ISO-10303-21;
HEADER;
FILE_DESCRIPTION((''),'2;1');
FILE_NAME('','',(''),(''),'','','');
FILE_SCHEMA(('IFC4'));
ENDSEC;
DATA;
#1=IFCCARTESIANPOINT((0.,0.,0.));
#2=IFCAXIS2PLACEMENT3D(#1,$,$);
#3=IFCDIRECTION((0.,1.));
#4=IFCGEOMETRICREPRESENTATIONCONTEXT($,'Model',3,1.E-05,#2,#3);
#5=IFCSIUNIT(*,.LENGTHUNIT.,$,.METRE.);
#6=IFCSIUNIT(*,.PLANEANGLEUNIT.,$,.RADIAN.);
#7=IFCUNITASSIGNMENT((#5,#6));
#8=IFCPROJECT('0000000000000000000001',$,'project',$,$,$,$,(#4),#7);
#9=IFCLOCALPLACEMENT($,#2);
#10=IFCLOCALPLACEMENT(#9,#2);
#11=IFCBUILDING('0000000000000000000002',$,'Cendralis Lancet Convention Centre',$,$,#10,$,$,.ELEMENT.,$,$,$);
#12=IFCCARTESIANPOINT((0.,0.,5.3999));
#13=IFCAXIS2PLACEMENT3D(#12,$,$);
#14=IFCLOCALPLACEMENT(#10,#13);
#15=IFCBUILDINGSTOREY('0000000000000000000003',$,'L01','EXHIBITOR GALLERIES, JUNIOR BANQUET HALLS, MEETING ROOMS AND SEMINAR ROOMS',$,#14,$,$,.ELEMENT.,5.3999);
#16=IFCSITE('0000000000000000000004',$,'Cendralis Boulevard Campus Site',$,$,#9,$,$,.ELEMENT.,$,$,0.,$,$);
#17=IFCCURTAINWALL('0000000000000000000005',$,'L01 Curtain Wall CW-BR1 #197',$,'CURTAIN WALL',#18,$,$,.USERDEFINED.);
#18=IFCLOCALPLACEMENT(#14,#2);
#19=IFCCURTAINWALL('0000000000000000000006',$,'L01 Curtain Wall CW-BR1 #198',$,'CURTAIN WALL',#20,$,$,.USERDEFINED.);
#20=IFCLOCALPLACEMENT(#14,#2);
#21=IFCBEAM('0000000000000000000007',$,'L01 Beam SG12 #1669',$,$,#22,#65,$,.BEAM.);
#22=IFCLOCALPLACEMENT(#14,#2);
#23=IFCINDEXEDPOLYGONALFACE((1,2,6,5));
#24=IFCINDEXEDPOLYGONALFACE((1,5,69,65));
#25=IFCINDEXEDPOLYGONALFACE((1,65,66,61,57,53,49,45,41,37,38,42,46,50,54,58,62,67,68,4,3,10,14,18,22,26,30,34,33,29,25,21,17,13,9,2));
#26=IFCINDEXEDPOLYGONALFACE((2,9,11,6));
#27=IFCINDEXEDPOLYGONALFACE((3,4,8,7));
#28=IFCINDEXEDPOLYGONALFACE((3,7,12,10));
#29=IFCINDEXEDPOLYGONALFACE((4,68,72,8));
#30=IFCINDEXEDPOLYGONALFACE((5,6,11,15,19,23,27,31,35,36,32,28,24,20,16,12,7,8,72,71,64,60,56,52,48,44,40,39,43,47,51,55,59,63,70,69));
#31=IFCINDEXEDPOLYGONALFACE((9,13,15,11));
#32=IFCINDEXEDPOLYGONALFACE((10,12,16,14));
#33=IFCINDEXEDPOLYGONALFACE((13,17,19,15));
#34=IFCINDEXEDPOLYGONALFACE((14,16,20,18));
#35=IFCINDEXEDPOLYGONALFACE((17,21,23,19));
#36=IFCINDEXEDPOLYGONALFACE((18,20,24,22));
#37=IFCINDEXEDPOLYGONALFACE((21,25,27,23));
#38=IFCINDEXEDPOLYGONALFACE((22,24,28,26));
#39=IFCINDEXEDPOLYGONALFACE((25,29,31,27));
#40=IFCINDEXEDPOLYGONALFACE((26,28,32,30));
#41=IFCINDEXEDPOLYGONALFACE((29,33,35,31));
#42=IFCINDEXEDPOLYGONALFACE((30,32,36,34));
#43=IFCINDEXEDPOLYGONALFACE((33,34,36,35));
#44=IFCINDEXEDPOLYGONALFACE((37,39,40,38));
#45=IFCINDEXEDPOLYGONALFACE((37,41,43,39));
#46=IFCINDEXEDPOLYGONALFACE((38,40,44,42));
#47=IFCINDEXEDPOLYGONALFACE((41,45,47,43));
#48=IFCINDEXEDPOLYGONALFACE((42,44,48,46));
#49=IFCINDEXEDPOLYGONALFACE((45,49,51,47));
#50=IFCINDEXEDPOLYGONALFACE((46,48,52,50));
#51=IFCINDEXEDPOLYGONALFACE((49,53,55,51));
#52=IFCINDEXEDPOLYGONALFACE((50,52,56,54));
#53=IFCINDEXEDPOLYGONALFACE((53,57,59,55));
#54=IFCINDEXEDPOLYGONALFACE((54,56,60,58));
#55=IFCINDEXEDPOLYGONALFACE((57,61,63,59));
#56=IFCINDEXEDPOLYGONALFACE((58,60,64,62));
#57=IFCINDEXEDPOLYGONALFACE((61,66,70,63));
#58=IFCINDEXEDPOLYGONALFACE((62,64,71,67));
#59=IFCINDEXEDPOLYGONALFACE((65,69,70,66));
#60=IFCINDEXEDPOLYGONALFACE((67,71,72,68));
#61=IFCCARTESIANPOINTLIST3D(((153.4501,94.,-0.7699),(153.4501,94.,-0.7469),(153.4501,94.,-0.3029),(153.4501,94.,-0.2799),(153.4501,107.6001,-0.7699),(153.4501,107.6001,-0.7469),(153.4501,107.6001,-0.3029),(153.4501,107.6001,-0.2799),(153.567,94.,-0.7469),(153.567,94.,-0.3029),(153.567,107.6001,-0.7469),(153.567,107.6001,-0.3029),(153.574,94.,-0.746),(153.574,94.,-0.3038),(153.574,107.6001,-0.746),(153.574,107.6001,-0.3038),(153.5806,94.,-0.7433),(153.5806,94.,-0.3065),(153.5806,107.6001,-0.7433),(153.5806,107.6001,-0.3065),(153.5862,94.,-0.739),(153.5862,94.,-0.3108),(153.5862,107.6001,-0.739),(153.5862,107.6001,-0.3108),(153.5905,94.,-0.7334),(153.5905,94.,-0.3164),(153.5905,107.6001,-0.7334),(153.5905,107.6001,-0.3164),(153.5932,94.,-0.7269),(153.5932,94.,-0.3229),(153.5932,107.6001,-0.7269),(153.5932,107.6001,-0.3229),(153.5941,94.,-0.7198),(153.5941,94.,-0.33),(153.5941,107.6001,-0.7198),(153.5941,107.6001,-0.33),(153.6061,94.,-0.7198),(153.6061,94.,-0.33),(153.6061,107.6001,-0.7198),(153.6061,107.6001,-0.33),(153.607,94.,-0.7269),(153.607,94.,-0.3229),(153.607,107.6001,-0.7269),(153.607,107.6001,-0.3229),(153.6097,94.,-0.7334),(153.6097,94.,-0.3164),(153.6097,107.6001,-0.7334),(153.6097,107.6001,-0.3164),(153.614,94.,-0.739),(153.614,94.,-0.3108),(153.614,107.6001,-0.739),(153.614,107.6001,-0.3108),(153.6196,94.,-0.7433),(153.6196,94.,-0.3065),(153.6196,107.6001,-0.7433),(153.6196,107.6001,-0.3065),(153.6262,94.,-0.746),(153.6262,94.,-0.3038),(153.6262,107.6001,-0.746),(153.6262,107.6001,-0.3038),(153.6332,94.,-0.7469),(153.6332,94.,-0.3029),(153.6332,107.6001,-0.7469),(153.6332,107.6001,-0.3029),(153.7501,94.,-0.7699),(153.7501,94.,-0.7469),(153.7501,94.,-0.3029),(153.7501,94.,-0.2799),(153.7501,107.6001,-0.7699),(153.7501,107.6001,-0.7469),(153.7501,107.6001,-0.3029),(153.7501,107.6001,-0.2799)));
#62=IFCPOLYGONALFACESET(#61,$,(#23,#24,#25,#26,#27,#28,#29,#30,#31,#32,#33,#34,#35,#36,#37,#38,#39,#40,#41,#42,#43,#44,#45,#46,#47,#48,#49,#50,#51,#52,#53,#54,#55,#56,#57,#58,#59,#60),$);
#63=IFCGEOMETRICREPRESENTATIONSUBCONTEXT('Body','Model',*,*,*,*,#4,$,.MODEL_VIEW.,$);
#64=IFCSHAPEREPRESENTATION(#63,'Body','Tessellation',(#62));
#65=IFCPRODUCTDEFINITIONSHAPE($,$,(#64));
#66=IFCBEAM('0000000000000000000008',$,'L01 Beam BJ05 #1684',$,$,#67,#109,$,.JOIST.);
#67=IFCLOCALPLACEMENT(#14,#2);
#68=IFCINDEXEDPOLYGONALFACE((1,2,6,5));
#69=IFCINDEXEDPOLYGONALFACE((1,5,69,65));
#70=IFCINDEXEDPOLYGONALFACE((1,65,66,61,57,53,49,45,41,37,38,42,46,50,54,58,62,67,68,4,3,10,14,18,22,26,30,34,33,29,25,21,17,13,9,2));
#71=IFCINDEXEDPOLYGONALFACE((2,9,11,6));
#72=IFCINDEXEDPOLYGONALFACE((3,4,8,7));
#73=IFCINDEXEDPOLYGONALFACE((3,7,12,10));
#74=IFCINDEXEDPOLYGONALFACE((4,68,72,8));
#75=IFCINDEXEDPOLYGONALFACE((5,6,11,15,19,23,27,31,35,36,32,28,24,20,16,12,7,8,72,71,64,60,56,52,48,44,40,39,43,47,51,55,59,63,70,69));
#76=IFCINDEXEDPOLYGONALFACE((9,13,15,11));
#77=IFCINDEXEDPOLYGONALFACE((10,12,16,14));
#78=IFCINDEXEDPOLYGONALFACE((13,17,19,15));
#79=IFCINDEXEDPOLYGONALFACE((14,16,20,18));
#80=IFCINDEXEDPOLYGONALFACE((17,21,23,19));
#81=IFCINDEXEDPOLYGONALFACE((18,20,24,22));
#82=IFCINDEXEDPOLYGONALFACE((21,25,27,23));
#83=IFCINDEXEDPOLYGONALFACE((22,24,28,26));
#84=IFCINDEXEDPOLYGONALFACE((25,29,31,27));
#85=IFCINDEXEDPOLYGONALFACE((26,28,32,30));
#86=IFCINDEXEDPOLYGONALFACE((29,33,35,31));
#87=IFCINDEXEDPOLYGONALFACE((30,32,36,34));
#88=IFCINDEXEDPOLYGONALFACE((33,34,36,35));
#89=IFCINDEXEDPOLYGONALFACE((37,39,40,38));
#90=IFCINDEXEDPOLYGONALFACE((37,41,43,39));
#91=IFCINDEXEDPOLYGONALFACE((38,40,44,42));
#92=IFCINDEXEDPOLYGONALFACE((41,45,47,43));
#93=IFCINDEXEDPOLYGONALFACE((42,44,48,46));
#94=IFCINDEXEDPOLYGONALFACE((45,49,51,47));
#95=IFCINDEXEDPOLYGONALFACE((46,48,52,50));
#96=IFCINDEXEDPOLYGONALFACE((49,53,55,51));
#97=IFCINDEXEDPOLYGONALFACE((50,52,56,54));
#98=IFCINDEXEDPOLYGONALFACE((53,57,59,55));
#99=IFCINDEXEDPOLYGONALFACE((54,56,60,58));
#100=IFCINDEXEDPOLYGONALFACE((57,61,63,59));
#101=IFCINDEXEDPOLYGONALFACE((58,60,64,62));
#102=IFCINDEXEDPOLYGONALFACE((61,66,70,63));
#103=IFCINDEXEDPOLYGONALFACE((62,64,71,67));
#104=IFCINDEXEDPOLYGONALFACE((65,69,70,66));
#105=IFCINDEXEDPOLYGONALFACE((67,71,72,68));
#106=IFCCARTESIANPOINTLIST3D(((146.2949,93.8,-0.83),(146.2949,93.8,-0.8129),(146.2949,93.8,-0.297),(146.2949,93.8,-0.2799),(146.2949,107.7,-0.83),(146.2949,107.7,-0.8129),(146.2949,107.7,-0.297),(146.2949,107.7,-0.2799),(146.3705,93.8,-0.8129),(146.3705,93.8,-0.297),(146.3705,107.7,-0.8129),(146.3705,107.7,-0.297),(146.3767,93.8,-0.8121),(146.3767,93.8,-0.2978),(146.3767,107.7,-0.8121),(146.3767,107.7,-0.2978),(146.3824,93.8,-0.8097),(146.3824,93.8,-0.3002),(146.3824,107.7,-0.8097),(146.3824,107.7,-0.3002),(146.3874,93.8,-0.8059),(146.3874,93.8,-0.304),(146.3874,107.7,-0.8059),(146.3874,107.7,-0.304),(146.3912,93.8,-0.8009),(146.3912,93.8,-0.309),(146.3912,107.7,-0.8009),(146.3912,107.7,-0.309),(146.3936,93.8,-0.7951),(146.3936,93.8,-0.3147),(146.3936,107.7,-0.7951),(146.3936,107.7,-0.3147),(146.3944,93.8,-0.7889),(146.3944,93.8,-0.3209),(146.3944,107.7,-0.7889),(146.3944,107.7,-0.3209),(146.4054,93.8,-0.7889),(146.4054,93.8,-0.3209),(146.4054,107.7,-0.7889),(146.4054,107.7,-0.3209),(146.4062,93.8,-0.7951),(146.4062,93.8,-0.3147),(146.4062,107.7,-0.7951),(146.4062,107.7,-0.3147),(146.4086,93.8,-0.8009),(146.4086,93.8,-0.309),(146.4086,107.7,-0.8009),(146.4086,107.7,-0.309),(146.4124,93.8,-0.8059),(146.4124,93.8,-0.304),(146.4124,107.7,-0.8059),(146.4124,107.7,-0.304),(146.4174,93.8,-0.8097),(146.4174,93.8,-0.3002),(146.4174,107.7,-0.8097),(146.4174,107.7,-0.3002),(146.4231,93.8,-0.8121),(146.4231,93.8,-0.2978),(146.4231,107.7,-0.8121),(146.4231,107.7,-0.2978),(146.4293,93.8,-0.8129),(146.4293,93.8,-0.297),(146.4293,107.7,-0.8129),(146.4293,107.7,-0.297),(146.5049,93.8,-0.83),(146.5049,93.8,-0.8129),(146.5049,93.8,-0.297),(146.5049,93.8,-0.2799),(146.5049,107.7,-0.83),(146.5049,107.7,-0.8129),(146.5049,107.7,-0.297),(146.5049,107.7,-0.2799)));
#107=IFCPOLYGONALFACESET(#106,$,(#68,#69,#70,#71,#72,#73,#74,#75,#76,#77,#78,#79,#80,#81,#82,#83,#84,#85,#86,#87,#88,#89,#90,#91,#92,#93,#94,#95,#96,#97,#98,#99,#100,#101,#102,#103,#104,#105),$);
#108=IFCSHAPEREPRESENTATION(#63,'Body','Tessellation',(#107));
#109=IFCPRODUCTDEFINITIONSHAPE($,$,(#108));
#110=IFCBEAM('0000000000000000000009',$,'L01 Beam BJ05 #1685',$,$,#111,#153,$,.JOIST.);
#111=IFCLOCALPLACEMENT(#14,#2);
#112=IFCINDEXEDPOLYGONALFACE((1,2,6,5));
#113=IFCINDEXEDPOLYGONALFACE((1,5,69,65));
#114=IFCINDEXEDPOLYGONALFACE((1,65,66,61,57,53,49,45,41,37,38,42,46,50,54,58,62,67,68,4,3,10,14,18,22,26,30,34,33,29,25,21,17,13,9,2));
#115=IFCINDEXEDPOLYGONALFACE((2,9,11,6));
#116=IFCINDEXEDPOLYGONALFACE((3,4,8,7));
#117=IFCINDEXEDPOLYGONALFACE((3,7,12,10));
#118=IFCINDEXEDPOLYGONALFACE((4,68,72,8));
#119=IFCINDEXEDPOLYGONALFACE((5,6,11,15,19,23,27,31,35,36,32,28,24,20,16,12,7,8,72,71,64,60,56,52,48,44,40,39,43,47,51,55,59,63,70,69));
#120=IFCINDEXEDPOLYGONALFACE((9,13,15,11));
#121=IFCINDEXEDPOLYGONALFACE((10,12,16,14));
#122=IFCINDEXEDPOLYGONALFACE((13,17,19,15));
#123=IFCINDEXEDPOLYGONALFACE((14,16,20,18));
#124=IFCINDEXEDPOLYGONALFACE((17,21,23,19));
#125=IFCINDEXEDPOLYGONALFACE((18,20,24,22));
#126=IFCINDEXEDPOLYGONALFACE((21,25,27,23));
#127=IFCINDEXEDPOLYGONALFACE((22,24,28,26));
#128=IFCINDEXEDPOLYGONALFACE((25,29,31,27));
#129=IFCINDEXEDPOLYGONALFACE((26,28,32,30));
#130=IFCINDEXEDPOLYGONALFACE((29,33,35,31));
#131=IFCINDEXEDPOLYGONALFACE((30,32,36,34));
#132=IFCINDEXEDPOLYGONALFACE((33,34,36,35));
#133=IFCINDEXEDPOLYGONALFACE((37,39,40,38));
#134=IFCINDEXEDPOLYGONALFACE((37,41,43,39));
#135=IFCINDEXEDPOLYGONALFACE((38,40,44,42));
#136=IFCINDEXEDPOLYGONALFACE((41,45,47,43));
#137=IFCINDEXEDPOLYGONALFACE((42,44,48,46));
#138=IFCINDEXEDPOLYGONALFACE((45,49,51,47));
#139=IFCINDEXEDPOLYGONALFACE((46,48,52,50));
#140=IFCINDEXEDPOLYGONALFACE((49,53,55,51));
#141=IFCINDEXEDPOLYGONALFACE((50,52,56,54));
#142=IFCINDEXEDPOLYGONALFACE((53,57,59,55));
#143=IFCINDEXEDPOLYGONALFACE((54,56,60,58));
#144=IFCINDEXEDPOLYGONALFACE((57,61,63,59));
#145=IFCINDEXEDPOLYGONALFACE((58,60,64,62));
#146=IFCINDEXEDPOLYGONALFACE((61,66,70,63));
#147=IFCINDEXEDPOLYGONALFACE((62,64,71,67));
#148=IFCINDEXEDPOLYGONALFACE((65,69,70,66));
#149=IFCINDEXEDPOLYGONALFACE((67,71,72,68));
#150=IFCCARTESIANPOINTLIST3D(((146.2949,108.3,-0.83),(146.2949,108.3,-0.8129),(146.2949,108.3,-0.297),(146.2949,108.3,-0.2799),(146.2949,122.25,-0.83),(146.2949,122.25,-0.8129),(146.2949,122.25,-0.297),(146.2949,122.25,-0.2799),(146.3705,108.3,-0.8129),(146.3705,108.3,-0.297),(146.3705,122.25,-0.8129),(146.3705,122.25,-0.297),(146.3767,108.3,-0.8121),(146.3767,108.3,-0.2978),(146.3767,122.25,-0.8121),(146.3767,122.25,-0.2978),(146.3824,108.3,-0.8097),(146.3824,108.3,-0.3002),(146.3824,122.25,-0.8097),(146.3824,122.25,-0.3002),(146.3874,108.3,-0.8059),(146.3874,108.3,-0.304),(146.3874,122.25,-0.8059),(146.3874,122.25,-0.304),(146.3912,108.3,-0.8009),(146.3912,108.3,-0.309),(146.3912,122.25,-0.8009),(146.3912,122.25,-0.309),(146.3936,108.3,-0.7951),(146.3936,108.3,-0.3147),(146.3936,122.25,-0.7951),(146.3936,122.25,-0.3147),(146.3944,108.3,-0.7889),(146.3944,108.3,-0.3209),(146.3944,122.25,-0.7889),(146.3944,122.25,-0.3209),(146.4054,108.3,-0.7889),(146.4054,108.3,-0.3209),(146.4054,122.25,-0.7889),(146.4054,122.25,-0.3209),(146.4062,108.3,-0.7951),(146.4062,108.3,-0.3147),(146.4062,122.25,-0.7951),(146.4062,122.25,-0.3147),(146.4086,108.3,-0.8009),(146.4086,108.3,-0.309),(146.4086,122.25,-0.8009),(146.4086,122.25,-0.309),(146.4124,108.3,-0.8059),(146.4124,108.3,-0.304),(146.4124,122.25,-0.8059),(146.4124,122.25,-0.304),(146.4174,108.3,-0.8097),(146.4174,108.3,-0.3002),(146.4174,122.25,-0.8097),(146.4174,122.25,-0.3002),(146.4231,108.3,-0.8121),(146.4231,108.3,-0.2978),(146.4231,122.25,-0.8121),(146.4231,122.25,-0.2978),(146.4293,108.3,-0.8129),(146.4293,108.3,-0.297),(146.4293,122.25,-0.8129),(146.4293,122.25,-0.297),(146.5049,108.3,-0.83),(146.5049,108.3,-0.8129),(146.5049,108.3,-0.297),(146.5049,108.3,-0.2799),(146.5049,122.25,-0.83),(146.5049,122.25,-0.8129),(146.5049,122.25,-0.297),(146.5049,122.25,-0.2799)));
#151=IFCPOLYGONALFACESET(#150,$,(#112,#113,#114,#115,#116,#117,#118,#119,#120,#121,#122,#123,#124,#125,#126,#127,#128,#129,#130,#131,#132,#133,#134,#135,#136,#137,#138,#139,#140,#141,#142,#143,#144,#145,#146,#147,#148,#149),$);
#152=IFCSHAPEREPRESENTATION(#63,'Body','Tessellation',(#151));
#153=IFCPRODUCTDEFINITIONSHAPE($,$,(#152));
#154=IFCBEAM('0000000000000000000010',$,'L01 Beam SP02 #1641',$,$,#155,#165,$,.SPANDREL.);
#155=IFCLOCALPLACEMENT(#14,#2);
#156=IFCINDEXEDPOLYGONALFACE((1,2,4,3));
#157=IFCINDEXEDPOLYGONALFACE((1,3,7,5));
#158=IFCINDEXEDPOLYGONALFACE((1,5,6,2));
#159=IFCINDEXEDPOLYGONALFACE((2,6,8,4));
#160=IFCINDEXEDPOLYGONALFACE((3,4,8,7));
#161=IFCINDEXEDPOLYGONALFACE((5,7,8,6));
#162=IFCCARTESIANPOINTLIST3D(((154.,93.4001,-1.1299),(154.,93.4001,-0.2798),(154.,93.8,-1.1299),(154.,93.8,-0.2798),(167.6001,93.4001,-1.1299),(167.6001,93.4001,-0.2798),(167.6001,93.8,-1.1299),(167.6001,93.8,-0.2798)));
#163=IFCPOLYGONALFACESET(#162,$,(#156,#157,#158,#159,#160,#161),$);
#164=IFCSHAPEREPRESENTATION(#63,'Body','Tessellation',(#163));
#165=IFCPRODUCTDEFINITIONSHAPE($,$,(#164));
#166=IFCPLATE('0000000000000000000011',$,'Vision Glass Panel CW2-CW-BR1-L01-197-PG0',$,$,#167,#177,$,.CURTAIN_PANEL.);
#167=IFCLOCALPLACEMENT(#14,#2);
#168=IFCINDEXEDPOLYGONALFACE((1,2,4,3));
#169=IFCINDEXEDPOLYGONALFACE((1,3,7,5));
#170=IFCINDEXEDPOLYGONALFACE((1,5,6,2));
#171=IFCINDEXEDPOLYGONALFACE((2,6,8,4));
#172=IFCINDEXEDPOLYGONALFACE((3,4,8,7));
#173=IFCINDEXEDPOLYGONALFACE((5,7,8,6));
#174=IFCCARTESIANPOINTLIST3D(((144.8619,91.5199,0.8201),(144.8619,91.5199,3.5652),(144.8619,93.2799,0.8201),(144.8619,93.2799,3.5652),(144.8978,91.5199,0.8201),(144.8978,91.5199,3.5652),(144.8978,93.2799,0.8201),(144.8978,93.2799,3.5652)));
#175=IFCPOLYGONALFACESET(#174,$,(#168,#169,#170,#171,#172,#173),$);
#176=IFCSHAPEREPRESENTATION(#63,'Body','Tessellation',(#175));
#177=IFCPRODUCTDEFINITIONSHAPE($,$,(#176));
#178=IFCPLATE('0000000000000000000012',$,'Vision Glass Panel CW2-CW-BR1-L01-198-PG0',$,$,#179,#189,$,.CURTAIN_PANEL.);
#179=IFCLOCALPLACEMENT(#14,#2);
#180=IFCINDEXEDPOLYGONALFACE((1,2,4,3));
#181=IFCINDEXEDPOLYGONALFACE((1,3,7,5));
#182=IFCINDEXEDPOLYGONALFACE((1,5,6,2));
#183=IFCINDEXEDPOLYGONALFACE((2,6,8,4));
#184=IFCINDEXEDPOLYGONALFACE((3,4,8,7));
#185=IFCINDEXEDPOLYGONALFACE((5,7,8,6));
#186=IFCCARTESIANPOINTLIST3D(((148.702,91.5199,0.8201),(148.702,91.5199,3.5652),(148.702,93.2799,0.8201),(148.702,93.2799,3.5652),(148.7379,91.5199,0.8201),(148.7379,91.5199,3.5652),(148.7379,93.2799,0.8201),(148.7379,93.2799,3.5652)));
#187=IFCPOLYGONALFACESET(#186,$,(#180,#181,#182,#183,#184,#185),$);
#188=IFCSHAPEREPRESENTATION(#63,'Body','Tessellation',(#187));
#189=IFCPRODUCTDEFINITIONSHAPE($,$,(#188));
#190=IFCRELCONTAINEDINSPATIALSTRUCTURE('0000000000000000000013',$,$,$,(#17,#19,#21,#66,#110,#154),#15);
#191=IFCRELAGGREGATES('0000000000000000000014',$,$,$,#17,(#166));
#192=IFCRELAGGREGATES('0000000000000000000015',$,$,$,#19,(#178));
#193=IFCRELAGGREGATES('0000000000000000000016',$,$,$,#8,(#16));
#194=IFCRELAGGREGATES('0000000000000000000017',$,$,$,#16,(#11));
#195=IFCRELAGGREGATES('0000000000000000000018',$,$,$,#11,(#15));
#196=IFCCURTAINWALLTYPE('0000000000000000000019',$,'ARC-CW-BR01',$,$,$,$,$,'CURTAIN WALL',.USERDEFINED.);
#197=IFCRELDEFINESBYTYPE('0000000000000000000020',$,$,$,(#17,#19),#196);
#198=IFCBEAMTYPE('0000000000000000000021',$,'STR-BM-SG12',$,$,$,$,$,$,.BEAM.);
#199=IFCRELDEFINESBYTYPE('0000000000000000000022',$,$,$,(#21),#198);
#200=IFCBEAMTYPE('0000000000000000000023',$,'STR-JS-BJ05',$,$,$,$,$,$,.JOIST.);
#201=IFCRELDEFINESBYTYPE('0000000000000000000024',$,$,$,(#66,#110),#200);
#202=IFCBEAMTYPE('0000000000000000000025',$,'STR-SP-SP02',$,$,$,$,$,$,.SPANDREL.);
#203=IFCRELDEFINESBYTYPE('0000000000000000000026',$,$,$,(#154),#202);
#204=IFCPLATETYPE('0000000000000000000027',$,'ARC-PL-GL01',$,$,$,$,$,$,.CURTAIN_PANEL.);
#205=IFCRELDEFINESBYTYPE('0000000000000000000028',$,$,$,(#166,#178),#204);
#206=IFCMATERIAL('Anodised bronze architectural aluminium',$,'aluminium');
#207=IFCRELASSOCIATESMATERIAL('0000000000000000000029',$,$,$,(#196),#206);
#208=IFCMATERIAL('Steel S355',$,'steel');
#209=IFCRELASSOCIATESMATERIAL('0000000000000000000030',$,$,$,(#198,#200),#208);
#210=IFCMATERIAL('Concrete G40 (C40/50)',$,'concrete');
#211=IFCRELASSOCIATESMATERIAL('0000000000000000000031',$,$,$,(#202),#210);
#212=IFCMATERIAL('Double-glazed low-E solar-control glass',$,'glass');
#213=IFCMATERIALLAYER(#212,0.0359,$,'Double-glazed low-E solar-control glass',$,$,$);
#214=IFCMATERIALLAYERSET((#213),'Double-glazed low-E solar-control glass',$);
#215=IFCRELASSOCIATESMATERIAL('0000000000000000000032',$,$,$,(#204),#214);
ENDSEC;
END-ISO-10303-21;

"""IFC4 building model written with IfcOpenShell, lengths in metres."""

from ifc_helpers import new_model, si_unit, direction, frame, origin, origin_2d, place, context, subcontext, project, spatial, rectangle, i_section, extrude, material, layer, layer_set, material_profile, profile_set, type_object, element, aggregate, save


model = new_model("IFC4")

# Units and contexts
model_context = context("Model", 3, precision=1e-05, world=origin(), true_north=direction((0.0, 1.0)))
body_context = subcontext(model_context, "Body", "Model", "MODEL_VIEW")
ifc_project = project(units=[si_unit("LENGTHUNIT", "METRE"), si_unit("PLANEANGLEUNIT", "RADIAN")], contexts=[model_context])

# Site, building, storey
site_placement = place(None, origin())
site = spatial("IfcSite", under=ifc_project, at=site_placement, Name="Cendralis Boulevard Campus Site", CompositionType="ELEMENT", RefElevation=0.0)
building_placement = place(site_placement, origin())
building = spatial("IfcBuilding", under=site, at=building_placement, Name="Cendralis Lancet Convention Centre", CompositionType="ELEMENT")
storey_placement = place(building_placement, frame((0.0, 0.0, 5.3999)))
storey = spatial("IfcBuildingStorey", under=building, at=storey_placement, Name="L01", Description="EXHIBITOR GALLERIES, JUNIOR BANQUET HALLS, MEETING ROOMS AND SEMINAR ROOMS", CompositionType="ELEMENT", Elevation=5.3999)

# Shared definitions
ifc_material_1 = material(Name="Steel S355", Category="steel")

# Curtain walls
ifc_material_2 = material(Name="Anodised bronze architectural aluminium", Category="aluminium")
curtain_wall_type = type_object("IfcCurtainWallType", Name="ARC-CW-BR01", ElementType="CURTAIN WALL", PredefinedType="USERDEFINED", material=ifc_material_2)
curtain_wall_1_placement = place(storey_placement, origin())
curtain_wall_1 = element("IfcCurtainWall", 1, at=curtain_wall_1_placement, inside=storey, type_object=curtain_wall_type, Name="L01 Curtain Wall CW-BR1 #197", ObjectType="CURTAIN WALL", PredefinedType="USERDEFINED")
curtain_wall_2_placement = place(storey_placement, origin())
curtain_wall_2 = element("IfcCurtainWall", 2, at=curtain_wall_2_placement, inside=storey, type_object=curtain_wall_type, Name="L01 Curtain Wall CW-BR1 #198", ObjectType="CURTAIN WALL", PredefinedType="USERDEFINED")

# Beams
ifc_material_profile_1 = material_profile(ifc_material_1, i_section(OverallWidth=0.3, OverallDepth=0.49, WebThickness=0.012, FlangeThickness=0.0229, FilletRadius=0.0271, at=origin_2d()), Name="HEA 500")
ifc_profile_set_1 = profile_set([ifc_material_profile_1], Name="Steel S355")
beam_type_1 = type_object("IfcBeamType", Name="STR-BM-SG12", PredefinedType="BEAM", material=ifc_profile_set_1)
beam_1_placement = place(storey_placement, frame((153.6001, 94.0, -0.5249), z_axis=(0.0, 1.0, 0.0), x_axis=(-1.0, 0.0, 0.0)))
element("IfcBeam", 3, at=beam_1_placement, inside=storey, type_object=beam_type_1, Name="L01 Beam SG12 #1669", PredefinedType="BEAM", context=body_context, shape_type="SweptSolid", body=[
    extrude(i_section(OverallWidth=0.3, OverallDepth=0.49, WebThickness=0.012, FlangeThickness=0.0229, FilletRadius=0.0271, at=origin_2d()), origin(), (0.0, 0.0, 1.0), 13.6001),
])
ifc_material_profile_2 = material_profile(ifc_material_1, i_section(OverallWidth=0.21, OverallDepth=0.55, WebThickness=0.011, FlangeThickness=0.0171, FilletRadius=0.0239, at=origin_2d()), Name="IPE 550")
ifc_profile_set_2 = profile_set([ifc_material_profile_2], Name="Steel S355")
beam_type_2 = type_object("IfcBeamType", Name="STR-JS-BJ05", PredefinedType="JOIST", material=ifc_profile_set_2)
beam_2_placement = place(storey_placement, frame((146.3999, 93.8, -0.5549), z_axis=(0.0, 1.0, 0.0), x_axis=(-1.0, 0.0, 0.0)))
element("IfcBeam", 4, at=beam_2_placement, inside=storey, type_object=beam_type_2, Name="L01 Beam BJ05 #1684", PredefinedType="JOIST", context=body_context, shape_type="SweptSolid", body=[
    extrude(i_section(OverallWidth=0.21, OverallDepth=0.55, WebThickness=0.011, FlangeThickness=0.0171, FilletRadius=0.0239, at=origin_2d()), origin(), (0.0, 0.0, 1.0), 13.8999),
])
beam_3_placement = place(storey_placement, frame((146.3999, 108.3, -0.5549), z_axis=(0.0, 1.0, 0.0), x_axis=(-1.0, 0.0, 0.0)))
element("IfcBeam", 5, at=beam_3_placement, inside=storey, type_object=beam_type_2, Name="L01 Beam BJ05 #1685", PredefinedType="JOIST", context=body_context, shape_type="SweptSolid", body=[
    extrude(i_section(OverallWidth=0.21, OverallDepth=0.55, WebThickness=0.011, FlangeThickness=0.0171, FilletRadius=0.0239, at=origin_2d()), origin(), (0.0, 0.0, 1.0), 13.95),
])
ifc_material_3 = material(Name="Concrete G40 (C40/50)", Category="concrete")
ifc_material_profile_3 = material_profile(ifc_material_3, rectangle(XDim=0.3999, YDim=0.8501, at=origin_2d()), Name="RCB 400x850")
ifc_profile_set_3 = profile_set([ifc_material_profile_3], Name="Concrete G40 (C40/50)")
beam_type_3 = type_object("IfcBeamType", Name="STR-SP-SP02", PredefinedType="SPANDREL", material=ifc_profile_set_3)
beam_4_placement = place(storey_placement, frame((154.0, 93.6001, -0.7048), z_axis=(1.0, 0.0, 0.0), x_axis=(0.0, 1.0, 0.0)))
element("IfcBeam", 6, at=beam_4_placement, inside=storey, type_object=beam_type_3, Name="L01 Beam SP02 #1641", PredefinedType="SPANDREL", context=body_context, shape_type="SweptSolid", body=[
    extrude(rectangle(XDim=0.3999, YDim=0.8501, at=origin_2d()), origin(), (0.0, 0.0, 1.0), 13.6001),
])

# Plates
ifc_material_4 = material(Name="Double-glazed low-E solar-control glass", Category="glass")
ifc_layer_1 = layer(ifc_material_4, 0.0359, Name="Double-glazed low-E solar-control glass")
ifc_layer_set_1 = layer_set([ifc_layer_1], Name="Double-glazed low-E solar-control glass")
plate_type_1 = type_object("IfcPlateType", Name="ARC-PL-GL01", PredefinedType="CURTAIN_PANEL", material=ifc_layer_set_1)
plate_1_placement = place(storey_placement, frame((144.8799, 92.3999, 0.8201), z_axis=(0.0, 0.0, 1.0), x_axis=(0.0, 1.0, 0.0)))
plate_1 = element("IfcPlate", 7, at=plate_1_placement, type_object=plate_type_1, Name="Vision Glass Panel CW2-CW-BR1-L01-197-PG0", PredefinedType="CURTAIN_PANEL", context=body_context, shape_type="SweptSolid", body=[
    extrude(rectangle(XDim=1.76, YDim=0.0359, at=origin_2d()), origin(), (0.0, 0.0, 1.0), 2.7451),
])
aggregate(curtain_wall_1, [plate_1])
plate_2_placement = place(storey_placement, frame((148.72, 92.3999, 0.8201), z_axis=(0.0, 0.0, 1.0), x_axis=(0.0, 1.0, 0.0)))
plate_2 = element("IfcPlate", 8, at=plate_2_placement, type_object=plate_type_1, Name="Vision Glass Panel CW2-CW-BR1-L01-198-PG0", PredefinedType="CURTAIN_PANEL", context=body_context, shape_type="SweptSolid", body=[
    extrude(rectangle(XDim=1.76, YDim=0.0359, at=origin_2d()), origin(), (0.0, 0.0, 1.0), 2.7451),
])
aggregate(curtain_wall_2, [plate_2])

save(model, "model.ifc")
